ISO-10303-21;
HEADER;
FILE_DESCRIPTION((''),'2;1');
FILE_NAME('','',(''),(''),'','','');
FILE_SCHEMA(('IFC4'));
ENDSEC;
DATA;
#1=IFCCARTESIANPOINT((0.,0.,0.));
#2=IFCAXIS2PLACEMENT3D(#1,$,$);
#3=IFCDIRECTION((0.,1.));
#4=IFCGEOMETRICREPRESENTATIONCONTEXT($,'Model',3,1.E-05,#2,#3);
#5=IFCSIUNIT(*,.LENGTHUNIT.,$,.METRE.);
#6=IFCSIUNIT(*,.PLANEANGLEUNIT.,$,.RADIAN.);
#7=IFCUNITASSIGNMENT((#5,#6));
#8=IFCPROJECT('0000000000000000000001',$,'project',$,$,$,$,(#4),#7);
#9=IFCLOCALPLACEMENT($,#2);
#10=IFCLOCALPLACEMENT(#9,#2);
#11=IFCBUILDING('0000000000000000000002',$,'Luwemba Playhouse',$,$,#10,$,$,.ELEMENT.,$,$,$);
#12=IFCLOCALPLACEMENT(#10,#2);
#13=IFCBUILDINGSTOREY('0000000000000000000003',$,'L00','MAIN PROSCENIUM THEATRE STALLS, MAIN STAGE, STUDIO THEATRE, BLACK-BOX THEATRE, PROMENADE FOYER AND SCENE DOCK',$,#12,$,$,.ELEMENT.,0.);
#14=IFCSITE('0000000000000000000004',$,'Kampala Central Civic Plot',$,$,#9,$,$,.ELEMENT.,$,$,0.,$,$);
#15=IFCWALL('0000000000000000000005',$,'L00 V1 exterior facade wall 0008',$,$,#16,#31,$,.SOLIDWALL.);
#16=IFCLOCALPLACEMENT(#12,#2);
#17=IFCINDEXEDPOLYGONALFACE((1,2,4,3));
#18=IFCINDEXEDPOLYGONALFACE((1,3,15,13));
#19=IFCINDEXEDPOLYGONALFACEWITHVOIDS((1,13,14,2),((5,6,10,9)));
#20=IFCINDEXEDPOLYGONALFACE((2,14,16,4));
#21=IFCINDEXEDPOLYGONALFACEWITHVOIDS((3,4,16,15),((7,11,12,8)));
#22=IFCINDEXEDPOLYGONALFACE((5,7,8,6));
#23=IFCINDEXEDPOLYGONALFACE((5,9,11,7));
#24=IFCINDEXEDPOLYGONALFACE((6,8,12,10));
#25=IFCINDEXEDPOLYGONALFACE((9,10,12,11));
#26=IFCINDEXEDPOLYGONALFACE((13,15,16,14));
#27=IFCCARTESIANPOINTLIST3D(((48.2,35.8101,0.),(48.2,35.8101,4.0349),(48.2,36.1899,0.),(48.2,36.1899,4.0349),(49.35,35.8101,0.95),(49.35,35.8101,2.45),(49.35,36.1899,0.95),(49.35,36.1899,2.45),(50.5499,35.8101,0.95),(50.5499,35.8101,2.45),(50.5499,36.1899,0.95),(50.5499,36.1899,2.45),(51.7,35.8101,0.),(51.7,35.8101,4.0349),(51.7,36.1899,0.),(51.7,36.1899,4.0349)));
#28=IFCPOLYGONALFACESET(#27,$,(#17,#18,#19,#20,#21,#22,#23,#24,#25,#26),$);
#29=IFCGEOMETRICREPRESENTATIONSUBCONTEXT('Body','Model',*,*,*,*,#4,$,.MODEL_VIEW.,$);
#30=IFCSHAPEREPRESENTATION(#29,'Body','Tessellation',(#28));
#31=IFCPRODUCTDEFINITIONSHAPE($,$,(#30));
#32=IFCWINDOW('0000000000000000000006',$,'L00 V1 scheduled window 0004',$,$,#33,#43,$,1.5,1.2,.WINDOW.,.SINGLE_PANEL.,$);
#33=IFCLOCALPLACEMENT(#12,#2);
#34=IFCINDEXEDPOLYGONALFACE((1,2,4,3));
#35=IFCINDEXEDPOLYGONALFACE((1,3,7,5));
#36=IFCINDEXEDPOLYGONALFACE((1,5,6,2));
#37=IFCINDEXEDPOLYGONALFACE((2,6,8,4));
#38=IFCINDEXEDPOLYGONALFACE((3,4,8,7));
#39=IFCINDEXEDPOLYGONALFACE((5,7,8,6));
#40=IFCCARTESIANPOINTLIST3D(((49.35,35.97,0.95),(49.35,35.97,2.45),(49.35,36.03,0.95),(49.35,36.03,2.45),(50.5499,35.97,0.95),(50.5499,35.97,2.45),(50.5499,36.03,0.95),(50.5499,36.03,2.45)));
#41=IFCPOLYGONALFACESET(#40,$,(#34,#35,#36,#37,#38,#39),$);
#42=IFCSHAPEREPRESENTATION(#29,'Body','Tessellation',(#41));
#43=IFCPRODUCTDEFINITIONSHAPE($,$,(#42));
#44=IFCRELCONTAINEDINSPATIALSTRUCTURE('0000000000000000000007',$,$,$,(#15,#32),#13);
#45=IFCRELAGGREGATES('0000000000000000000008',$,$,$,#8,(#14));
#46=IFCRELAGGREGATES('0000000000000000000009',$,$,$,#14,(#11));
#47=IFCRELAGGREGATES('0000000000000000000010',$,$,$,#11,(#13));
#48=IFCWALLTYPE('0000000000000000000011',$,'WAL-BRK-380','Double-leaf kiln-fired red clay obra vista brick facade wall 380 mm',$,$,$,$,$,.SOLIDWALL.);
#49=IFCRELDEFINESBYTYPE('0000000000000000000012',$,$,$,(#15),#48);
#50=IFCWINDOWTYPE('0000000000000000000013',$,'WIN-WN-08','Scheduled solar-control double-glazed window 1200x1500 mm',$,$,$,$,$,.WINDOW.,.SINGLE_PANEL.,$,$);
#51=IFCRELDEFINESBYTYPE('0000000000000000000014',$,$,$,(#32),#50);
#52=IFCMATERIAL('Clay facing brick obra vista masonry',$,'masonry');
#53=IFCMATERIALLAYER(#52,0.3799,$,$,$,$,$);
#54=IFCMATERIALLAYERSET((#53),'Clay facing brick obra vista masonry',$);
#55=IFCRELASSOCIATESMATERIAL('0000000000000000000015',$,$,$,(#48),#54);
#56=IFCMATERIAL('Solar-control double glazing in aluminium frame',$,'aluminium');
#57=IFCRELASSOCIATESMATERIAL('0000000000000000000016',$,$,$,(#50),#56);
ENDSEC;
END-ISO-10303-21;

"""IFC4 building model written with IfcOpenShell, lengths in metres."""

from ifc_helpers import new_model, si_unit, direction, frame, frame_2d, origin, place, context, subcontext, project, spatial, rectangle, extrude, material, layer, layer_set, type_object, element, fill, save


model = new_model("IFC4")

# Units and contexts
model_context = context("Model", 3, precision=1e-05, world=origin(), true_north=direction((0.0, 1.0)))
body_context = subcontext(model_context, "Body", "Model", "MODEL_VIEW")
ifc_project = project(units=[si_unit("LENGTHUNIT", "METRE"), si_unit("PLANEANGLEUNIT", "RADIAN")], contexts=[model_context])

# Site, building, storey
site_placement = place(None, origin())
site = spatial("IfcSite", under=ifc_project, at=site_placement, Name="Kampala Central Civic Plot", CompositionType="ELEMENT", RefElevation=0.0)
building_placement = place(site_placement, origin())
building = spatial("IfcBuilding", under=site, at=building_placement, Name="Luwemba Playhouse", CompositionType="ELEMENT")
storey_placement = place(building_placement, origin())
storey = spatial("IfcBuildingStorey", under=building, at=storey_placement, Name="L00", Description="MAIN PROSCENIUM THEATRE STALLS, MAIN STAGE, STUDIO THEATRE, BLACK-BOX THEATRE, PROMENADE FOYER AND SCENE DOCK", CompositionType="ELEMENT", Elevation=0.0)

# Wall, opening, window
ifc_material_1 = material(Name="Clay facing brick obra vista masonry", Category="masonry")
ifc_layer_1 = layer(ifc_material_1, 0.3799)
ifc_layer_set_1 = layer_set([ifc_layer_1], Name="Clay facing brick obra vista masonry")
wall_type = type_object("IfcWallType", Name="WAL-BRK-380", Description="Double-leaf kiln-fired red clay obra vista brick facade wall 380 mm", PredefinedType="SOLIDWALL", material=ifc_layer_set_1)
wall_placement = place(storey_placement, frame((51.7, 36.0, 0.0), z_axis=(0.0, 0.0, 1.0), x_axis=(-1.0, 0.0, 0.0)))
wall = element("IfcWall", 1, at=wall_placement, inside=storey, type_object=wall_type, Name="L00 V1 exterior facade wall 0008", PredefinedType="SOLIDWALL", context=body_context, shape_type="SweptSolid", body=[
    extrude(rectangle(XDim=3.5, YDim=0.3799, at=frame_2d((1.75, 0.0))), origin(), (0.0, 0.0, 1.0), 4.0349),
])
opening_placement = place(wall_placement, frame((1.1499, 0.0, 0.95)))
opening = element("IfcOpeningElement", 2, at=opening_placement, cuts=wall, PredefinedType="OPENING", context=body_context, shape_type="SweptSolid", body=[
    extrude(rectangle(XDim=1.2, YDim=1.5, at=frame_2d((0.6001, 0.75))), frame((0.0, 0.2, 0.0), z_axis=(0.0, -1.0, 0.0), x_axis=(1.0, 0.0, 0.0)), (0.0, 0.0, 1.0), 0.3999),
])
ifc_material_2 = material(Name="Solar-control double glazing in aluminium frame", Category="aluminium")
window_type = type_object("IfcWindowType", Name="WIN-WN-08", Description="Scheduled solar-control double-glazed window 1200x1500 mm", PartitioningType="SINGLE_PANEL", PredefinedType="WINDOW", material=ifc_material_2)
window_placement = place(opening_placement, origin())
window = element("IfcWindow", 3, at=window_placement, inside=storey, type_object=window_type, Name="L00 V1 scheduled window 0004", OverallHeight=1.5, OverallWidth=1.2, PartitioningType="SINGLE_PANEL", PredefinedType="WINDOW", context=body_context, shape_type="SweptSolid", body=[
    extrude(rectangle(XDim=1.2, YDim=1.5, at=frame_2d((0.6001, 0.75))), frame((0.0, 0.03, 0.0), z_axis=(0.0, -1.0, 0.0), x_axis=(1.0, 0.0, 0.0)), (0.0, 0.0, 1.0), 0.0601),
])
fill(opening, window)

save(model, "model.ifc")
